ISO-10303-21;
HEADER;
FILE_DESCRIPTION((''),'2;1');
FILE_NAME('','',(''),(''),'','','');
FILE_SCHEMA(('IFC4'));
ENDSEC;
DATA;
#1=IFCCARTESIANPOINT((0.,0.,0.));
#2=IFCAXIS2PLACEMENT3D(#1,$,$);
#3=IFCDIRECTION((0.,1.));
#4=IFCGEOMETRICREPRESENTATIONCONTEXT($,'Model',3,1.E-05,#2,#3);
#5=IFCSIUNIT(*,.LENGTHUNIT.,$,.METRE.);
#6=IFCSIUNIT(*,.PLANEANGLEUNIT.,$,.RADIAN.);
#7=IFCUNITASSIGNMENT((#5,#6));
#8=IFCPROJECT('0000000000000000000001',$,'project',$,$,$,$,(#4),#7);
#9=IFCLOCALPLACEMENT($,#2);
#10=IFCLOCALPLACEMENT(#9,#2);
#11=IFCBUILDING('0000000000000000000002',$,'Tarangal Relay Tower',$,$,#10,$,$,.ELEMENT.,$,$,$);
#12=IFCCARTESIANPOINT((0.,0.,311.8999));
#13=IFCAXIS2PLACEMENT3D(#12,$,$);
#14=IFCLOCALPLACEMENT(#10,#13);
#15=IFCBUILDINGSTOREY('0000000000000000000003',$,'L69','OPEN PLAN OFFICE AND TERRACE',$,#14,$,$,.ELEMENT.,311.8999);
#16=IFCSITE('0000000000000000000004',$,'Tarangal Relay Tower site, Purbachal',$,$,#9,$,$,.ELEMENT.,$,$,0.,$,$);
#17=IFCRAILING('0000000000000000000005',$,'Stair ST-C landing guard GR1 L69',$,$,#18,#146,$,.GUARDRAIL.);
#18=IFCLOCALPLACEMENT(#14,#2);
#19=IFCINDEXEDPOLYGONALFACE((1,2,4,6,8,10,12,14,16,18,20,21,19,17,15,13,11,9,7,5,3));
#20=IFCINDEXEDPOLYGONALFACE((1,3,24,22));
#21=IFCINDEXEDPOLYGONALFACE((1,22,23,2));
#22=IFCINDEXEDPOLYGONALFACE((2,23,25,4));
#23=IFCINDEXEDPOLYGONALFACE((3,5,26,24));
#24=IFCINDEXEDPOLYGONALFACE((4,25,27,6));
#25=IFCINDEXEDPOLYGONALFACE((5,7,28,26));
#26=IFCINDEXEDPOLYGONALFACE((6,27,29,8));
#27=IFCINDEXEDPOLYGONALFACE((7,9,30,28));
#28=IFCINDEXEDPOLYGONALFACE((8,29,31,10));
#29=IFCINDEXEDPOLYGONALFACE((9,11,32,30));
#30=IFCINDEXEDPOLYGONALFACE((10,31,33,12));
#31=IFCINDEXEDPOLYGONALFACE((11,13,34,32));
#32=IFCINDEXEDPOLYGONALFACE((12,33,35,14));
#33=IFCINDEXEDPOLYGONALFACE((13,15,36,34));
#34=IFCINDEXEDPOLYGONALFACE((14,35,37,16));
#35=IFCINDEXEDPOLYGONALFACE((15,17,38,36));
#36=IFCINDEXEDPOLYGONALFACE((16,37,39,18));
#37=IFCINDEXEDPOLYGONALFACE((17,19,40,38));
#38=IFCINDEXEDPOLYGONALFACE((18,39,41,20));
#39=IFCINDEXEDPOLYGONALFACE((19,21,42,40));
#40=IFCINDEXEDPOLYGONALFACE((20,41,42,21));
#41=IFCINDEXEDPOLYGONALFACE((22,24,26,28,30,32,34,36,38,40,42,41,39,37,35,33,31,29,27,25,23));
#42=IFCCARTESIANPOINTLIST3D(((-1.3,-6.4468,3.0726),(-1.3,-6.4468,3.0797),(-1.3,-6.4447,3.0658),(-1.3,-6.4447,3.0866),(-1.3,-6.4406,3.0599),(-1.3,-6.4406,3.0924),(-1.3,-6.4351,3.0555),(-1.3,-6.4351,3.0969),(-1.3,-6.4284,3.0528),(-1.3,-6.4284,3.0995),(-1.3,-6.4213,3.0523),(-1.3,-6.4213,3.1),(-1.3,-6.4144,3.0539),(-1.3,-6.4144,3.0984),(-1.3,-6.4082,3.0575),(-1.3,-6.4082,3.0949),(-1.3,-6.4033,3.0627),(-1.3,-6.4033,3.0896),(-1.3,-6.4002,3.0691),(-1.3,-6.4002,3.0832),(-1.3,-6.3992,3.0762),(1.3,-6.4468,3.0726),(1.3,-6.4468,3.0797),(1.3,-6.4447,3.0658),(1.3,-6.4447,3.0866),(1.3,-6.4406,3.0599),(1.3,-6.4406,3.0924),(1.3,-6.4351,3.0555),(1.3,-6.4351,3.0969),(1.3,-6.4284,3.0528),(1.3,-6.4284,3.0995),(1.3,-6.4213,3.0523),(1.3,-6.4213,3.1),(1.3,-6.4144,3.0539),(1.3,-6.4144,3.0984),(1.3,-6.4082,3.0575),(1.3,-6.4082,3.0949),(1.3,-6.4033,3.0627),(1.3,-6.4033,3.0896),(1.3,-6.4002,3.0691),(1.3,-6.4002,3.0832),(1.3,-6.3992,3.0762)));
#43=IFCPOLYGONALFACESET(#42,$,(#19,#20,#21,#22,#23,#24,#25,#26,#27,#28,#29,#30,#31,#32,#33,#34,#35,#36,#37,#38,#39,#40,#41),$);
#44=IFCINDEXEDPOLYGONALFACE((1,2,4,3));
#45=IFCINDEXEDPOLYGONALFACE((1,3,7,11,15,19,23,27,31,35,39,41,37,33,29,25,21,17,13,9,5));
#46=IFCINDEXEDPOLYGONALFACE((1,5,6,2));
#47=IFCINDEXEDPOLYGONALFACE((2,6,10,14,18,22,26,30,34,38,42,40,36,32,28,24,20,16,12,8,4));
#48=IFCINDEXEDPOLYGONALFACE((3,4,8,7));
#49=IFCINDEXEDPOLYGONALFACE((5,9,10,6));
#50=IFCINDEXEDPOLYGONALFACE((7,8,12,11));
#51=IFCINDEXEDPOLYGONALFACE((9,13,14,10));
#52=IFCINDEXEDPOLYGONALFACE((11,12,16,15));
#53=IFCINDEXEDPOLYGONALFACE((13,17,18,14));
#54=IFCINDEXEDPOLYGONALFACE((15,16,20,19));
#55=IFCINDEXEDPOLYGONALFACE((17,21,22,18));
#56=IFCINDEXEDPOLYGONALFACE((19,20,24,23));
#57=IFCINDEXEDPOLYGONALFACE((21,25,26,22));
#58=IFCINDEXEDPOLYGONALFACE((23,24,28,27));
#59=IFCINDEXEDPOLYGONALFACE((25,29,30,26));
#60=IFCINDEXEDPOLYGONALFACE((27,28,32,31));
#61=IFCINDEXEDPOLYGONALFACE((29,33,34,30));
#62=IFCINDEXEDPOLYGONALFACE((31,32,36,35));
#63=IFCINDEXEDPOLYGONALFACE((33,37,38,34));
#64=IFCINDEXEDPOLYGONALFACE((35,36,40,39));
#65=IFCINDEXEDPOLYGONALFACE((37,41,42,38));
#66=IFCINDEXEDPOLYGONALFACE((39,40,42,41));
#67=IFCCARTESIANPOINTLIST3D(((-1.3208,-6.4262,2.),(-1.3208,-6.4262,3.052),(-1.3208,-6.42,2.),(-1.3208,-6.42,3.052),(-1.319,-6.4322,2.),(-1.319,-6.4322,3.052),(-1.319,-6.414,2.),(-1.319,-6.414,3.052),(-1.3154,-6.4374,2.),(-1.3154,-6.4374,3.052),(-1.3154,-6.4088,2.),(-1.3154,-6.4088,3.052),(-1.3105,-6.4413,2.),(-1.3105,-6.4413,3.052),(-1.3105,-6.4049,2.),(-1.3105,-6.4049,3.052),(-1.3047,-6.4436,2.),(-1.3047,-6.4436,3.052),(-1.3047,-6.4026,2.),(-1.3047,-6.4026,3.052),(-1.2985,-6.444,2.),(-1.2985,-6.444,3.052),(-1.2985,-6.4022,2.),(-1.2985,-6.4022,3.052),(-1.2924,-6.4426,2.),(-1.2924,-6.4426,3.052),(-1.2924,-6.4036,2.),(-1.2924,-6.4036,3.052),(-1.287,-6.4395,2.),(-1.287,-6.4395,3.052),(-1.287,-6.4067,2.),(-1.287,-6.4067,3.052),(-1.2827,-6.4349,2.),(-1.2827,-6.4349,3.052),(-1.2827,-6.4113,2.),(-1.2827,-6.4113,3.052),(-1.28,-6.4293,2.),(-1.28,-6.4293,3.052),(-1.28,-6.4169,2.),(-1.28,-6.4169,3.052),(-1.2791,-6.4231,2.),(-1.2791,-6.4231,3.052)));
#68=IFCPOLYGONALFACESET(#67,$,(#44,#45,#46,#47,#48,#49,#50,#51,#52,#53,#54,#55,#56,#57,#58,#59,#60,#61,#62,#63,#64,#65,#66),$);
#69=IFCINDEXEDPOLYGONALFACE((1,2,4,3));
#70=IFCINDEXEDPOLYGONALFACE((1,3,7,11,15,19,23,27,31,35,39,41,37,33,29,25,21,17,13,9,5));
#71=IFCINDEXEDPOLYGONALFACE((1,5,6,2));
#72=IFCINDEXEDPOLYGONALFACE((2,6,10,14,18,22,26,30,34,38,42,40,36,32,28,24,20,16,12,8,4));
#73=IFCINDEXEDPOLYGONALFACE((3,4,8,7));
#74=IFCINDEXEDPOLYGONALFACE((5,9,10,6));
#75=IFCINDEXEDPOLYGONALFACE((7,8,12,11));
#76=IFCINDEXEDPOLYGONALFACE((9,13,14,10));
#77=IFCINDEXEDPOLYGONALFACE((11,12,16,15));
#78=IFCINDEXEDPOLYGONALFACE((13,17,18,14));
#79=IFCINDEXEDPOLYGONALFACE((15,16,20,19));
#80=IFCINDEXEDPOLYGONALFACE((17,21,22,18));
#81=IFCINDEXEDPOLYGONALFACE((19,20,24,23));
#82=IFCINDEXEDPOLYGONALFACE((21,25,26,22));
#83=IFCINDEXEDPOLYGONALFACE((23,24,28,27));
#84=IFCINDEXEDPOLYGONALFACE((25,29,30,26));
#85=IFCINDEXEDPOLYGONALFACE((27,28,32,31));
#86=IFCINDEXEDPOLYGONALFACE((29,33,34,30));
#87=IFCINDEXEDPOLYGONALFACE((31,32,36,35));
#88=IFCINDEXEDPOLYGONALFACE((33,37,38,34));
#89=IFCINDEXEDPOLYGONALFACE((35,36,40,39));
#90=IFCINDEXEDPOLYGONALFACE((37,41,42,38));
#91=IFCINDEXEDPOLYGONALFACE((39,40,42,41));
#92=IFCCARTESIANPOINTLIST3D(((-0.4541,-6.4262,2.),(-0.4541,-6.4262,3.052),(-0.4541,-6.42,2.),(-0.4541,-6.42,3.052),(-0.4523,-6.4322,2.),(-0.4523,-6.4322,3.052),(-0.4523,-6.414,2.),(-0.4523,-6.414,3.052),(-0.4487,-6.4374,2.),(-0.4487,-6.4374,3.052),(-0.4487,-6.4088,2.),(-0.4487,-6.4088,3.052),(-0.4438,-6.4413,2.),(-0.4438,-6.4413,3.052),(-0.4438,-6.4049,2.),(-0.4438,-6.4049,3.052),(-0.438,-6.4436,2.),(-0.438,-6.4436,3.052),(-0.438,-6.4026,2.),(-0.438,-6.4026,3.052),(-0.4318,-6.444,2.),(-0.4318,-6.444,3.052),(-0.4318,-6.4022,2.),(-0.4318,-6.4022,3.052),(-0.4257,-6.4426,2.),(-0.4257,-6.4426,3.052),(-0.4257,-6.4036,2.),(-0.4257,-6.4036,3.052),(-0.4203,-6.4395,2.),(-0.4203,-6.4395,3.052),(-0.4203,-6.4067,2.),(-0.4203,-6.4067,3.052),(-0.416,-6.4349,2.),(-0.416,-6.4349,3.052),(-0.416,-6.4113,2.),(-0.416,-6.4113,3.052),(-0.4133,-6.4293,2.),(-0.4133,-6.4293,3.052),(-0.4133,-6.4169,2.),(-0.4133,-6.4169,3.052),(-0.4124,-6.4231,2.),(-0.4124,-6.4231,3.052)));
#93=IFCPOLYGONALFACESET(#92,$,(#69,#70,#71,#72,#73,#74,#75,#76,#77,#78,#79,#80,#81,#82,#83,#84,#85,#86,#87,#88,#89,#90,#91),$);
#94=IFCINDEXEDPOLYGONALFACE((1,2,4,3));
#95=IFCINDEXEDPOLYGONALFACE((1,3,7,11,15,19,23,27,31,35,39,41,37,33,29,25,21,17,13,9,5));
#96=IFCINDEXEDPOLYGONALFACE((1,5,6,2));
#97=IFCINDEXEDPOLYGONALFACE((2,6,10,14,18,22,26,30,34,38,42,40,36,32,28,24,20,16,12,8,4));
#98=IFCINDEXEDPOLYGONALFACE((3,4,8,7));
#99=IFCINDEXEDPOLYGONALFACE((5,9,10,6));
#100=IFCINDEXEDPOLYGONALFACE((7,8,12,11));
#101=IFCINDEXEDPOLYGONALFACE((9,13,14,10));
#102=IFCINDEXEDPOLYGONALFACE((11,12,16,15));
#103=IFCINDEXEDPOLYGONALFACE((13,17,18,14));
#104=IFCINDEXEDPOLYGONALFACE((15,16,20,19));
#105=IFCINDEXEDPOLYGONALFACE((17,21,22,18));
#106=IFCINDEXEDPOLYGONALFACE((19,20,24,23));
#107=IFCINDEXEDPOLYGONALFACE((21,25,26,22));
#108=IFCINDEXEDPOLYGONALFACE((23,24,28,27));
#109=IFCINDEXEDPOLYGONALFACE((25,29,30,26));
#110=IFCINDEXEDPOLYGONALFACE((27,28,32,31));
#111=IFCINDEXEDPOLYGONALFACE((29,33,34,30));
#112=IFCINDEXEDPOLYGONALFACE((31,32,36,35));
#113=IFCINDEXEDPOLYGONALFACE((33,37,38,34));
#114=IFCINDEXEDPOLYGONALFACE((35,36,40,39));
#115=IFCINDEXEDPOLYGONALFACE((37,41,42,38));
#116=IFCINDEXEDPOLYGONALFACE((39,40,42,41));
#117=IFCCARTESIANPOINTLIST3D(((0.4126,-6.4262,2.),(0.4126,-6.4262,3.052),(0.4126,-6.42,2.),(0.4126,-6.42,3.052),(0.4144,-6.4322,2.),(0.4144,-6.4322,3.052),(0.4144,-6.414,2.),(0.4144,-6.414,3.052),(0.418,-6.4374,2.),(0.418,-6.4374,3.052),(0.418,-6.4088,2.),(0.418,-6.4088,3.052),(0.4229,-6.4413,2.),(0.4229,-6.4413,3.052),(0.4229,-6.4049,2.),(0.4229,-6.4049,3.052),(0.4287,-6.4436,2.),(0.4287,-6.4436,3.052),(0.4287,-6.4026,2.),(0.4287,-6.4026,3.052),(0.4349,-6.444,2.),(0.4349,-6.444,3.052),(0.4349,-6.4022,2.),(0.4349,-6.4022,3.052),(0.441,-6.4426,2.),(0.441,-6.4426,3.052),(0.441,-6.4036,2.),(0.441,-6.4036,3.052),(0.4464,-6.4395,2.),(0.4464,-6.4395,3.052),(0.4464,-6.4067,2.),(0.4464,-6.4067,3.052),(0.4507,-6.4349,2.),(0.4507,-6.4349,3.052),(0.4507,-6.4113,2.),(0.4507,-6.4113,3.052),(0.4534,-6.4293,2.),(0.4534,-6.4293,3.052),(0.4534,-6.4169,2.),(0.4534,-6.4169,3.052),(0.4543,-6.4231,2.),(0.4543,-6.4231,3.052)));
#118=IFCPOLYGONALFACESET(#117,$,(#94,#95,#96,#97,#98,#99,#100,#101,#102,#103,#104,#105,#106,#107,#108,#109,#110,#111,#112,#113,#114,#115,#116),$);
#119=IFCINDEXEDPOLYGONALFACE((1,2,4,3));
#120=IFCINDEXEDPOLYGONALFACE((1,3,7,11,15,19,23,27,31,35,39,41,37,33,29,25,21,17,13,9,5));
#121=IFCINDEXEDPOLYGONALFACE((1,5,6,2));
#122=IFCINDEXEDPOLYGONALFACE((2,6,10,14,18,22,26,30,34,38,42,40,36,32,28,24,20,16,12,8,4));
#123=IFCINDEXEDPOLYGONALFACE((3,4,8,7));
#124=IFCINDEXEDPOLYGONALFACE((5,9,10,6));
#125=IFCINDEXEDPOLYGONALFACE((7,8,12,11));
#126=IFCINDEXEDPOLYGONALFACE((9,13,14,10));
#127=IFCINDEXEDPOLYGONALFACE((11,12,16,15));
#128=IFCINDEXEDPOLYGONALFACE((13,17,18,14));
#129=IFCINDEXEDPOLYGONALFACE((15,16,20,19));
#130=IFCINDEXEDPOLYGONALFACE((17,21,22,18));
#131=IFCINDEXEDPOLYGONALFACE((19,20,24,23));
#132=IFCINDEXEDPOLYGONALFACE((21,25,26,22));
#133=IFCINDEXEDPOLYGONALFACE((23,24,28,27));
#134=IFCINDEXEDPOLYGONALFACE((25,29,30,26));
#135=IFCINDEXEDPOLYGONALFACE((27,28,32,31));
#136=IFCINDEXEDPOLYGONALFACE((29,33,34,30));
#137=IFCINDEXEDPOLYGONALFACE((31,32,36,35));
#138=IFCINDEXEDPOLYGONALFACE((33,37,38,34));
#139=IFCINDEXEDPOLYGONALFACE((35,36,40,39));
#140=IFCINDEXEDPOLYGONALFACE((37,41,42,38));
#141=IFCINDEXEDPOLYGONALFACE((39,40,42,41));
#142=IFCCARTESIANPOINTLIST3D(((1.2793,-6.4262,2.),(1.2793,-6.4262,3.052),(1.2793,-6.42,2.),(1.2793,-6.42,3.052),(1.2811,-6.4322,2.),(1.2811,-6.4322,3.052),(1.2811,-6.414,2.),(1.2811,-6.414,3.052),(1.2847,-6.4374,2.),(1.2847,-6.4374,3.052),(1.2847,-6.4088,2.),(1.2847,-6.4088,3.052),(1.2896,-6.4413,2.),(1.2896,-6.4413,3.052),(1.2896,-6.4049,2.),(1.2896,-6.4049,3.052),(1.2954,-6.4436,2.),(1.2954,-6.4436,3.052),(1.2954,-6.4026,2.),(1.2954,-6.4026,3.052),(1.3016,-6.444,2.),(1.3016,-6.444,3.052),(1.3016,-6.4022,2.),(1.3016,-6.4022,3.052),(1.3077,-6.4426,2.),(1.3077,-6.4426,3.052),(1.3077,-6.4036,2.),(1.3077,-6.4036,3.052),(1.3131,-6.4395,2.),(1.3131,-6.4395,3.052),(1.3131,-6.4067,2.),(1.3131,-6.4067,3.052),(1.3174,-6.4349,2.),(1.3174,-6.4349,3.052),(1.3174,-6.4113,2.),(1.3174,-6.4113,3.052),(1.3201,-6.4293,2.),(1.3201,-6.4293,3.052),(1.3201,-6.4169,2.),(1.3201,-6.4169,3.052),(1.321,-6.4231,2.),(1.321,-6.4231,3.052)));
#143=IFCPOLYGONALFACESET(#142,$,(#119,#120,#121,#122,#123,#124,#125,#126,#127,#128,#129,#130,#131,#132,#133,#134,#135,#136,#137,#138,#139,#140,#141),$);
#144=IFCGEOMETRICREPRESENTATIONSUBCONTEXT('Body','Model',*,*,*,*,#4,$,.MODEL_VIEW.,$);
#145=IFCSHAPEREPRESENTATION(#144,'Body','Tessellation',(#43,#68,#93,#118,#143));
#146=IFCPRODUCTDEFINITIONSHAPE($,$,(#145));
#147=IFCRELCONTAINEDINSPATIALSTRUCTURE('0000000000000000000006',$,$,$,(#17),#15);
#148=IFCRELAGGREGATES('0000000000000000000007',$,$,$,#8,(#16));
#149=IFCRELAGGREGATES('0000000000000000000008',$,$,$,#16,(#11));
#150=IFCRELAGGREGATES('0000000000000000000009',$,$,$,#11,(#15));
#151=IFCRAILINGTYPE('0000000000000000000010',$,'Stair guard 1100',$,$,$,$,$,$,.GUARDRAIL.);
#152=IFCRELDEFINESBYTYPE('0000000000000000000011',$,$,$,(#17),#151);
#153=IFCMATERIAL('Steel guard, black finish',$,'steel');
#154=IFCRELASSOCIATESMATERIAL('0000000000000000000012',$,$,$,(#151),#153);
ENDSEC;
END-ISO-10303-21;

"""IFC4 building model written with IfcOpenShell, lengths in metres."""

from ifc_helpers import new_model, si_unit, direction, frame, origin, origin_2d, place, context, subcontext, project, spatial, circle, extrude, material, type_object, element, save


model = new_model("IFC4")

# Units and contexts
model_context = context("Model", 3, precision=1e-05, world=origin(), true_north=direction((0.0, 1.0)))
body_context = subcontext(model_context, "Body", "Model", "MODEL_VIEW")
ifc_project = project(units=[si_unit("LENGTHUNIT", "METRE"), si_unit("PLANEANGLEUNIT", "RADIAN")], contexts=[model_context])

# Site, building, storey
site_placement = place(None, origin())
site = spatial("IfcSite", under=ifc_project, at=site_placement, Name="Tarangal Relay Tower site, Purbachal", CompositionType="ELEMENT", RefElevation=0.0)
building_placement = place(site_placement, origin())
building = spatial("IfcBuilding", under=site, at=building_placement, Name="Tarangal Relay Tower", CompositionType="ELEMENT")
storey_placement = place(building_placement, frame((0.0, 0.0, 311.8999)))
storey = spatial("IfcBuildingStorey", under=building, at=storey_placement, Name="L69", Description="OPEN PLAN OFFICE AND TERRACE", CompositionType="ELEMENT", Elevation=311.8999)

# Railing
ifc_material_1 = material(Name="Steel guard, black finish", Category="steel")
railing_type = type_object("IfcRailingType", Name="Stair guard 1100", PredefinedType="GUARDRAIL", material=ifc_material_1)
railing_1_placement = place(storey_placement, frame((-1.3, -6.4231, 2.0)))
element("IfcRailing", 1, at=railing_1_placement, inside=storey, type_object=railing_type, Name="Stair ST-C landing guard GR1 L69", PredefinedType="GUARDRAIL", context=body_context, shape_type="SweptSolid", body=[
    extrude(circle(Radius=0.0239, at=origin_2d()), frame((0.0, 0.0, 1.0762), z_axis=(1.0, 0.0, 0.0), x_axis=(0.0, 1.0, 0.0)), (0.0, 0.0, 1.0), 2.6001),
    extrude(circle(Radius=0.021, at=origin_2d()), origin(), (0.0, 0.0, 1.0), 1.052),
    extrude(circle(Radius=0.021, at=origin_2d()), frame((0.8667, 0.0, 0.0)), (0.0, 0.0, 1.0), 1.052),
    extrude(circle(Radius=0.021, at=origin_2d()), frame((1.7334, 0.0, 0.0)), (0.0, 0.0, 1.0), 1.052),
    extrude(circle(Radius=0.021, at=origin_2d()), frame((2.6001, 0.0, 0.0)), (0.0, 0.0, 1.0), 1.052),
])

save(model, "model.ifc")
